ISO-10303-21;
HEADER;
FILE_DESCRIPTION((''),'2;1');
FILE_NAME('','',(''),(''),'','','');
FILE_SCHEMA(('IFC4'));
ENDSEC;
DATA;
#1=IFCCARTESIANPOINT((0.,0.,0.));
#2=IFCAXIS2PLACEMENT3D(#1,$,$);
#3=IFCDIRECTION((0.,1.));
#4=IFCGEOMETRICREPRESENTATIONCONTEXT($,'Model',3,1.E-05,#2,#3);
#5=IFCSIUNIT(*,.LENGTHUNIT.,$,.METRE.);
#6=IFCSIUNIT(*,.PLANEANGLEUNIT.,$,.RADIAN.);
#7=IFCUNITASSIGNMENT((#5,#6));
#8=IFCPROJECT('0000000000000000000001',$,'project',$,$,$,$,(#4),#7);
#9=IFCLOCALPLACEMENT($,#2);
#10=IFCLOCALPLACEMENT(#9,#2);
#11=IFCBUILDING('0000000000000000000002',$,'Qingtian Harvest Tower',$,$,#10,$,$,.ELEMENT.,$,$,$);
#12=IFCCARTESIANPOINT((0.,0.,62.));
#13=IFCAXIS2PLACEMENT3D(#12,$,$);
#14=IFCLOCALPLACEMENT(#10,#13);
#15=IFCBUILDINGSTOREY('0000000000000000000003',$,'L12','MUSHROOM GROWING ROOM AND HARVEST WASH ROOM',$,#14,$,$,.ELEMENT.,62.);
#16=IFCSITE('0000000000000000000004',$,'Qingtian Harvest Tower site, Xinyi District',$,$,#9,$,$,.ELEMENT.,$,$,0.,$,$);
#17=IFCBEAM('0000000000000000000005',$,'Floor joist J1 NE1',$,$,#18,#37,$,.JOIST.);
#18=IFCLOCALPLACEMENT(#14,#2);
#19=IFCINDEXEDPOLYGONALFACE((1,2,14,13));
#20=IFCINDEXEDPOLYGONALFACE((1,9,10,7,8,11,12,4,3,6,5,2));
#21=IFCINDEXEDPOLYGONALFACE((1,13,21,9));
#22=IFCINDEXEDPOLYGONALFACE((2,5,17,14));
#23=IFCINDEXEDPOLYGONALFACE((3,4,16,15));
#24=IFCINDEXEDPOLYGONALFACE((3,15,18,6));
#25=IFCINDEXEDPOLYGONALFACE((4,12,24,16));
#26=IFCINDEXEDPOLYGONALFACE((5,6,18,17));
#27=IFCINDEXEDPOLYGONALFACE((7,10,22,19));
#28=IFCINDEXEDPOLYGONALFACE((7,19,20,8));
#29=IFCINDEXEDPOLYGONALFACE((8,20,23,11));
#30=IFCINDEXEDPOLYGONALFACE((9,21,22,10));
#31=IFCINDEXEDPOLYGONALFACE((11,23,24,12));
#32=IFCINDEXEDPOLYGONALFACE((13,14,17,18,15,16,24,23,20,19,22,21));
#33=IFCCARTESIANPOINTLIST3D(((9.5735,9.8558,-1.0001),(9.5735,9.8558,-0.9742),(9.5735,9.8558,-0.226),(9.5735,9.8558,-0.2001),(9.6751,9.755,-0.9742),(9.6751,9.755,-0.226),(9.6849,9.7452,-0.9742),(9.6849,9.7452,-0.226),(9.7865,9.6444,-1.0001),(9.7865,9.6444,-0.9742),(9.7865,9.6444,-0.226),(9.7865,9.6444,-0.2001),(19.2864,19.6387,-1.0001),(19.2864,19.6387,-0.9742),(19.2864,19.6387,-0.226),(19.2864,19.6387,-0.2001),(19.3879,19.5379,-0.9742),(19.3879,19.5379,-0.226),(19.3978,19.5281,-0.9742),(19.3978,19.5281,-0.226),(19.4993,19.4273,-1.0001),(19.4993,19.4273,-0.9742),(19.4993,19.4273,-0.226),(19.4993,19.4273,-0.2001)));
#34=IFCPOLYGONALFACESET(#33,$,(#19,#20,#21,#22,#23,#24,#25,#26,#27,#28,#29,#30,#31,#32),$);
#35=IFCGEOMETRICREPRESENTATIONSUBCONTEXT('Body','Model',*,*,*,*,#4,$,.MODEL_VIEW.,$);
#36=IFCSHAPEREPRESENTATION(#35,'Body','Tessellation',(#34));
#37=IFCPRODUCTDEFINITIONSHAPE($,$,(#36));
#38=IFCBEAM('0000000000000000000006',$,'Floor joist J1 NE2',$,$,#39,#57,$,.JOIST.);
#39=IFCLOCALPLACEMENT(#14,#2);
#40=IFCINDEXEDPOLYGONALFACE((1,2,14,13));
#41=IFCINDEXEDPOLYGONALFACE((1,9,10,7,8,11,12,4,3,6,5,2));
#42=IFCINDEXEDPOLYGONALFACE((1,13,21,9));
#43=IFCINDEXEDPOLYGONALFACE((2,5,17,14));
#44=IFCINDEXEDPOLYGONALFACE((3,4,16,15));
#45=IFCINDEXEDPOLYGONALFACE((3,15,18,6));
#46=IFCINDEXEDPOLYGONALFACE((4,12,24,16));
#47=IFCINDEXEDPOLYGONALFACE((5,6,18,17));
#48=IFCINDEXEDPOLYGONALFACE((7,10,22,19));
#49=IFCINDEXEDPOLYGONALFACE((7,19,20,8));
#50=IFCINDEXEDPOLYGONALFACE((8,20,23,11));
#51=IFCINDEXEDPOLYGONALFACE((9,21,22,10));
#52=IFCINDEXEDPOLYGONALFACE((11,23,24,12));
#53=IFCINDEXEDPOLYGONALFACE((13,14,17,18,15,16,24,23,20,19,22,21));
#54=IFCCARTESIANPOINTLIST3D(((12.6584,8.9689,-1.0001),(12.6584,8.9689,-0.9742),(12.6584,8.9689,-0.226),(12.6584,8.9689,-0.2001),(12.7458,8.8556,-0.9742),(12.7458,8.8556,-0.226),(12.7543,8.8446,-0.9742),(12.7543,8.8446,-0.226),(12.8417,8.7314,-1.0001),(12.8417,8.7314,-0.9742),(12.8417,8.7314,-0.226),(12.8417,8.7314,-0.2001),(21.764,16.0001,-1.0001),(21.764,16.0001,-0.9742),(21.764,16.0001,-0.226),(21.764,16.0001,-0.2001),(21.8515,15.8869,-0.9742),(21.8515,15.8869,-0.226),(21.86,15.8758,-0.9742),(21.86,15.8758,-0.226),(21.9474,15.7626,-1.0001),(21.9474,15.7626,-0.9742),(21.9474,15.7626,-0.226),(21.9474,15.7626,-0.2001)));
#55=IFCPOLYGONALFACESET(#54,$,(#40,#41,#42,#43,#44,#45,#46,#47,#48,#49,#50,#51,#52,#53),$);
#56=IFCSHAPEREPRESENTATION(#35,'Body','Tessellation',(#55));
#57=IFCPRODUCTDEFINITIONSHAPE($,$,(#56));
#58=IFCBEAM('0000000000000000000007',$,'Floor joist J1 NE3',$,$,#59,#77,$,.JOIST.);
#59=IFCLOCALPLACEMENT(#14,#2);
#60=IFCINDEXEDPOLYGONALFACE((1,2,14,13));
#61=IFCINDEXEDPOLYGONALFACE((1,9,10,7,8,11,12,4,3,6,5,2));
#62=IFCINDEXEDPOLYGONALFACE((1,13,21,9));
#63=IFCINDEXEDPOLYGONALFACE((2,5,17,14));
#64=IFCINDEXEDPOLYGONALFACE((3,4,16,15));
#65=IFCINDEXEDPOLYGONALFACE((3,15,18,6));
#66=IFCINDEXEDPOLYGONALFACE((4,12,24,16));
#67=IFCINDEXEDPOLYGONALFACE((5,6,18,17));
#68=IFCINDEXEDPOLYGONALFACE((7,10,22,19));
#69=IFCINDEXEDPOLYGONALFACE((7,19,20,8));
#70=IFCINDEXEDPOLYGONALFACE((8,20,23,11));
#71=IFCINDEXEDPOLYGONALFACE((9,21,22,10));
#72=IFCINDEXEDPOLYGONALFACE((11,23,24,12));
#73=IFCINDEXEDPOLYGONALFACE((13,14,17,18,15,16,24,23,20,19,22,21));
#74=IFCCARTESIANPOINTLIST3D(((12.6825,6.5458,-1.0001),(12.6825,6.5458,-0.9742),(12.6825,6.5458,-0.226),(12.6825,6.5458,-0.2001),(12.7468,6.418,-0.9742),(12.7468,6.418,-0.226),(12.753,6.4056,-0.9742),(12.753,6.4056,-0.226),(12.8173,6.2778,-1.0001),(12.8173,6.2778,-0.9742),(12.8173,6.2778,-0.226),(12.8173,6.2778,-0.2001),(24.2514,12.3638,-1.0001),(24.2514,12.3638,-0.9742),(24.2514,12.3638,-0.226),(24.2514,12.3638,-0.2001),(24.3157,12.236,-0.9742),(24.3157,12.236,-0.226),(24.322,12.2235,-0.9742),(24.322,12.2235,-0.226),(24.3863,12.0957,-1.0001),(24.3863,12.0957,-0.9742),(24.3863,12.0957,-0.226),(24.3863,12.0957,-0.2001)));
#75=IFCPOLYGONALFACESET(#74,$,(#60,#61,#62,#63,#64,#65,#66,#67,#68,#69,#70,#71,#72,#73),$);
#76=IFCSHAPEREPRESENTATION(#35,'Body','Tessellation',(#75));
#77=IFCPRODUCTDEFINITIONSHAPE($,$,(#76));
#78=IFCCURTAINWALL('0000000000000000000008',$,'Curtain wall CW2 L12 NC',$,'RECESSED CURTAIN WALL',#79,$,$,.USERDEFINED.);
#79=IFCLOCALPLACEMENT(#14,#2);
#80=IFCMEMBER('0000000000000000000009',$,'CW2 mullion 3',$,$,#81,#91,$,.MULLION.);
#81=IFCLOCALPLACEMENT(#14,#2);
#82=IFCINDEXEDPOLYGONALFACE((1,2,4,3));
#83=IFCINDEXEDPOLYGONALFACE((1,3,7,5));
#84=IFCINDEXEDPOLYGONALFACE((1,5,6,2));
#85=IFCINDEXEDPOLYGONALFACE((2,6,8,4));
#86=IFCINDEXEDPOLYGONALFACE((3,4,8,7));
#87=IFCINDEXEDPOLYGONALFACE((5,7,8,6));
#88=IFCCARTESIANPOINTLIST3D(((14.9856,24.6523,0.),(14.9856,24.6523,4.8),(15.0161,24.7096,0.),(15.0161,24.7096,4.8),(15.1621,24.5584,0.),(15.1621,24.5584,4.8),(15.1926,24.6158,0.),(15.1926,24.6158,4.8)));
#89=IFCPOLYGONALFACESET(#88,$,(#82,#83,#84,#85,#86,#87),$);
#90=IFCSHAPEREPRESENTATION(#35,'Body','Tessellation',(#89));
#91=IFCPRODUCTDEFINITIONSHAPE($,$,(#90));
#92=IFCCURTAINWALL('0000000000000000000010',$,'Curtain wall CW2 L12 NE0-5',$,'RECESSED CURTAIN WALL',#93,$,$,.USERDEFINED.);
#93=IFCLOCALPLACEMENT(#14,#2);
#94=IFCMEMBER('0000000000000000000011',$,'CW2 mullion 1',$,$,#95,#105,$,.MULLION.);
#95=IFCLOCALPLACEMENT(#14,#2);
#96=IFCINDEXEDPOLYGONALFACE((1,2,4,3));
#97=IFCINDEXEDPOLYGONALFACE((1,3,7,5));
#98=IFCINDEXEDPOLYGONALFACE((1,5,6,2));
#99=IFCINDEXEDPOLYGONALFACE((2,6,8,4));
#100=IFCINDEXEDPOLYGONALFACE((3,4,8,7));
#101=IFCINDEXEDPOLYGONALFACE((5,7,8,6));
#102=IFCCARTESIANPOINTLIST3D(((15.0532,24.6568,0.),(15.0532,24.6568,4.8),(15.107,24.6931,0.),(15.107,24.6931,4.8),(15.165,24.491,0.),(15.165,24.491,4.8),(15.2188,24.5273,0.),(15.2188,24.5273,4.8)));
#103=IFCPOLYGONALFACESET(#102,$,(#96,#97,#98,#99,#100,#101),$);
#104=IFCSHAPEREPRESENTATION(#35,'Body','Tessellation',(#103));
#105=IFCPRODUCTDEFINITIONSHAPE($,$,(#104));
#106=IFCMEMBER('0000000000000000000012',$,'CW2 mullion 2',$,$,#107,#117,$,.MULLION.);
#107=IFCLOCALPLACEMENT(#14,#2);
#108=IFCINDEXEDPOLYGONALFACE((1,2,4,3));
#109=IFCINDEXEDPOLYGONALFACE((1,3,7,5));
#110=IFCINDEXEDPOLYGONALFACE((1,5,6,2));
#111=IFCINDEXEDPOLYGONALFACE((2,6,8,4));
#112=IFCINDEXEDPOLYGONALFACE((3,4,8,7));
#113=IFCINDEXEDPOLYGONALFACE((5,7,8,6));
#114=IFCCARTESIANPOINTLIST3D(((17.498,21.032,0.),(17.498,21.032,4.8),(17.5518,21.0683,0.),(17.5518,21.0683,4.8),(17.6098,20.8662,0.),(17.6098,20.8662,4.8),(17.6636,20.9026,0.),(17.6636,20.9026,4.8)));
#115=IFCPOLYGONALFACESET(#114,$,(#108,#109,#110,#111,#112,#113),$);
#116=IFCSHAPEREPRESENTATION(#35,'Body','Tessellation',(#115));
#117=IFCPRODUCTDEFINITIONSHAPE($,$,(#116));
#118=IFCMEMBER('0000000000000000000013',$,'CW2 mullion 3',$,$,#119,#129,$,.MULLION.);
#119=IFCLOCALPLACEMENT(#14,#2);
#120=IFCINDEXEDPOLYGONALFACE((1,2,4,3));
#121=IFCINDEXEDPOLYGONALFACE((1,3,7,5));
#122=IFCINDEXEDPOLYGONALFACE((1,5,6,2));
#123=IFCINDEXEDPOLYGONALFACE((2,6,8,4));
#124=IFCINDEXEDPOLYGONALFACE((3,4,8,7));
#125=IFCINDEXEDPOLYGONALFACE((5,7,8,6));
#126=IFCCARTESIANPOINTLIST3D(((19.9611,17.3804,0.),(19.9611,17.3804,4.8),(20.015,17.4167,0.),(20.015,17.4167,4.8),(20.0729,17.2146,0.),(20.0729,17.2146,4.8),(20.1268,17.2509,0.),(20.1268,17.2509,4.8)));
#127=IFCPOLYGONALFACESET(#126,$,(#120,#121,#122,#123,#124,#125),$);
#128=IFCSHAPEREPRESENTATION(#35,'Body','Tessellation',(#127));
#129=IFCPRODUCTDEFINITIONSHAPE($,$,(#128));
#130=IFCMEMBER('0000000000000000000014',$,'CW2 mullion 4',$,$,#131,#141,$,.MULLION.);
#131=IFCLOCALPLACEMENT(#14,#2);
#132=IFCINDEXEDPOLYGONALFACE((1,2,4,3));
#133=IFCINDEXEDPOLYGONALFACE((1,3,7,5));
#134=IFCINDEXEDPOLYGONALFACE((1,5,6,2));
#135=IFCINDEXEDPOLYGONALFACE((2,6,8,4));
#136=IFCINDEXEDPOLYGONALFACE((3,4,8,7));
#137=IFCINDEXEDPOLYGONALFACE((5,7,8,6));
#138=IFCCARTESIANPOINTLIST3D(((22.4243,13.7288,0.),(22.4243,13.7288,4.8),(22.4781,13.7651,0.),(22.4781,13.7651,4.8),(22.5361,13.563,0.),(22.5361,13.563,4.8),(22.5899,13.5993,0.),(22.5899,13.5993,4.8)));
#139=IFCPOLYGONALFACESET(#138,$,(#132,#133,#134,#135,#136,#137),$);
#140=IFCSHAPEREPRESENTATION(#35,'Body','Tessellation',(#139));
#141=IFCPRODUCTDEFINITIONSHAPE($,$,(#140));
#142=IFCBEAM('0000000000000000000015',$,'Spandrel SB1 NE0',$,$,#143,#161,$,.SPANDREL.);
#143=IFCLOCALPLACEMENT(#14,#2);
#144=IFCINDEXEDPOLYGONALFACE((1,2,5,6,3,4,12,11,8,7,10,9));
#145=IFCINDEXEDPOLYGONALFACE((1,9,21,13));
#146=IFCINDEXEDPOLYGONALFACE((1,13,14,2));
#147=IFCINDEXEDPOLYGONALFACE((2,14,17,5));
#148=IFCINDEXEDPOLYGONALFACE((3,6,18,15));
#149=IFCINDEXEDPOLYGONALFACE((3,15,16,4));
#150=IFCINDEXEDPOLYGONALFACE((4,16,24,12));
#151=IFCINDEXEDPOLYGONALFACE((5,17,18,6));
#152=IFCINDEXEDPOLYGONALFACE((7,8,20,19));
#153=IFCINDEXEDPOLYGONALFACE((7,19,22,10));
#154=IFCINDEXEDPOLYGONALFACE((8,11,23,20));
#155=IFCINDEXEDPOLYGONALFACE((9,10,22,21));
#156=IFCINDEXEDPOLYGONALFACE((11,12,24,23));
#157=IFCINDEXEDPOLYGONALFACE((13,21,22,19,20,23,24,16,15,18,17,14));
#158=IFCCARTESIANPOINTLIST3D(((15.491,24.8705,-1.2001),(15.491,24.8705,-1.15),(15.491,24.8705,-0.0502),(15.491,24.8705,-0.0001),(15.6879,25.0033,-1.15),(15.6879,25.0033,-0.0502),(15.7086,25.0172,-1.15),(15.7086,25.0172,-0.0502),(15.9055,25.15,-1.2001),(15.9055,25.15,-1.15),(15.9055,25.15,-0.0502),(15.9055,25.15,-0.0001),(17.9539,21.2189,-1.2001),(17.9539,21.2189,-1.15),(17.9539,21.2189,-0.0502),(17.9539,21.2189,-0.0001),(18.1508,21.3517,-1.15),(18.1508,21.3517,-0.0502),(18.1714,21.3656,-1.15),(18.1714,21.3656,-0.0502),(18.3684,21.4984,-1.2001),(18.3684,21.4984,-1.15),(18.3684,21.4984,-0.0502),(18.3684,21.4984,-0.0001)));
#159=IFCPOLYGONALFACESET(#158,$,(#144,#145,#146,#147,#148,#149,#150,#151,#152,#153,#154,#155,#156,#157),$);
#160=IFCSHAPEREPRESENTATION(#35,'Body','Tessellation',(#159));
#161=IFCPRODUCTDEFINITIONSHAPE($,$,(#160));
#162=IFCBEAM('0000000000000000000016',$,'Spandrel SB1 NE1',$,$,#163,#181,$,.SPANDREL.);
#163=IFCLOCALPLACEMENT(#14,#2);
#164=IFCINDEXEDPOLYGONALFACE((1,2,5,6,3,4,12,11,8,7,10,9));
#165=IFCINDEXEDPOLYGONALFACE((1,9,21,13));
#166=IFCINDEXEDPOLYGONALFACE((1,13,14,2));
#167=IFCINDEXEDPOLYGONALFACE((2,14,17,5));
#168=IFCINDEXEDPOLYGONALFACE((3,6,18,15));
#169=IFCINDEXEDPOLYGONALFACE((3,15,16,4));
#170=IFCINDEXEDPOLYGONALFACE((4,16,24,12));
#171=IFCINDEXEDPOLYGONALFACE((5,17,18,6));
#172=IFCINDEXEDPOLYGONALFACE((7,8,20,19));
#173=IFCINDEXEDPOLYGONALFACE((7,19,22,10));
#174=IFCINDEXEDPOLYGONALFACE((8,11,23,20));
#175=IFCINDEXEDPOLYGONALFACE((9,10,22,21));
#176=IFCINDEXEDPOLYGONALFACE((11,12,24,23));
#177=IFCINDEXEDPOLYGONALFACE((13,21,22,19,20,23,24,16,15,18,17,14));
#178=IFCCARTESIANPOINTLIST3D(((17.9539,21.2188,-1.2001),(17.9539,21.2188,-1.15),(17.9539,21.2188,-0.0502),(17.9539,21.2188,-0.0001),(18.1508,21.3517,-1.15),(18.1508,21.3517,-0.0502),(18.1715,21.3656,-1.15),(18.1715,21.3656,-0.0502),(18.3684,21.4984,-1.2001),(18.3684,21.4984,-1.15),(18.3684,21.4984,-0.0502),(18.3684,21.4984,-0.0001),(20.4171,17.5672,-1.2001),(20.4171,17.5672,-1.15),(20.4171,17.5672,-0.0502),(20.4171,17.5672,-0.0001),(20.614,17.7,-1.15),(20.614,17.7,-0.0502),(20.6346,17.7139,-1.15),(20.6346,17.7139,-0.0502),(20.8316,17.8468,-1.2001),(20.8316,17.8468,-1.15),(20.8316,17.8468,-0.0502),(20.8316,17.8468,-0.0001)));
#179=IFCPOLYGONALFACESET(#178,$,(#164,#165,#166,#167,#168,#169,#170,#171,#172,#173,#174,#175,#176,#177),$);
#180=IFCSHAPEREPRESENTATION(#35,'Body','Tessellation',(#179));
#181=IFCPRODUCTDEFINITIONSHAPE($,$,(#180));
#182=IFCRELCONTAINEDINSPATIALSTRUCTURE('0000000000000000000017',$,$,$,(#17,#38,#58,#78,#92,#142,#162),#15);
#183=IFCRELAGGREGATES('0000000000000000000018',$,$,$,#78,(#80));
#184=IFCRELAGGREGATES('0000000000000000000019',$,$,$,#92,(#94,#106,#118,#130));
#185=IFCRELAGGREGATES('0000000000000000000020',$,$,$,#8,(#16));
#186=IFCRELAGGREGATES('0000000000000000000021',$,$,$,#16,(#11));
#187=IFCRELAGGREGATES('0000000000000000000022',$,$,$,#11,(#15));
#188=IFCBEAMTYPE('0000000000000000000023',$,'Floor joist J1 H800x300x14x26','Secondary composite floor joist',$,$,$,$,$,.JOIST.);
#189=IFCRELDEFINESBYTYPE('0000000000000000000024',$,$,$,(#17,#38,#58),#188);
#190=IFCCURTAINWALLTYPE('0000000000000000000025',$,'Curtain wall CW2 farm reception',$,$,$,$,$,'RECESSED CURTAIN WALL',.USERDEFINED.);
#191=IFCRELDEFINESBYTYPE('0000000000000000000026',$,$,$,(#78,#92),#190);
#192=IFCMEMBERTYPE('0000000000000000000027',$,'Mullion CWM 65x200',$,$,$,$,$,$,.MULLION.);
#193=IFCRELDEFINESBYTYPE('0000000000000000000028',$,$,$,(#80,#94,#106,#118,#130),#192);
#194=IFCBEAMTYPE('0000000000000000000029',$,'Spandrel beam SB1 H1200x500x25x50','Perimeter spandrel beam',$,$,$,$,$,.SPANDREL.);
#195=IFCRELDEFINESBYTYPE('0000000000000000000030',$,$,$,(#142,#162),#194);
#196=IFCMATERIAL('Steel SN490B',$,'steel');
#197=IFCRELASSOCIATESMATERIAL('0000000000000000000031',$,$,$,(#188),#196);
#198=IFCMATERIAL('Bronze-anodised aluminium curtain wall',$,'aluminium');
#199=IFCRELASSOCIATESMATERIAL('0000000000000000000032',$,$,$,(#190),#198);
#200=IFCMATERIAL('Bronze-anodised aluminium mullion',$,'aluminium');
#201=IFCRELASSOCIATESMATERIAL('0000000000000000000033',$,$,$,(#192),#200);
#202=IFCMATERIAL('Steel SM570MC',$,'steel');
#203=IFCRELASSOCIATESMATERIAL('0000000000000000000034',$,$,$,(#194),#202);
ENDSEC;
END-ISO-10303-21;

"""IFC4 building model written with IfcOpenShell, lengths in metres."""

from ifc_helpers import new_model, si_unit, direction, frame, origin, origin_2d, place, context, subcontext, project, spatial, rectangle, i_section, extrude, material, material_profile, profile_set, type_object, element, aggregate, save


model = new_model("IFC4")

# Units and contexts
model_context = context("Model", 3, precision=1e-05, world=origin(), true_north=direction((0.0, 1.0)))
body_context = subcontext(model_context, "Body", "Model", "MODEL_VIEW")
ifc_project = project(units=[si_unit("LENGTHUNIT", "METRE"), si_unit("PLANEANGLEUNIT", "RADIAN")], contexts=[model_context])

# Site, building, storey
site_placement = place(None, origin())
site = spatial("IfcSite", under=ifc_project, at=site_placement, Name="Qingtian Harvest Tower site, Xinyi District", CompositionType="ELEMENT", RefElevation=0.0)
building_placement = place(site_placement, origin())
building = spatial("IfcBuilding", under=site, at=building_placement, Name="Qingtian Harvest Tower", CompositionType="ELEMENT")
storey_placement = place(building_placement, frame((0.0, 0.0, 62.0)))
storey = spatial("IfcBuildingStorey", under=building, at=storey_placement, Name="L12", Description="MUSHROOM GROWING ROOM AND HARVEST WASH ROOM", CompositionType="ELEMENT", Elevation=62.0)

# Beams
ifc_material_1 = material(Name="Steel SN490B", Category="steel")
ifc_material_profile_1 = material_profile(ifc_material_1, i_section(OverallWidth=0.3, OverallDepth=0.8, WebThickness=0.0139, FlangeThickness=0.0259, at=origin_2d()), Name="H800x300x14x26")
ifc_profile_set_1 = profile_set([ifc_material_profile_1], Name="Steel SN490B")
beam_type_1 = type_object("IfcBeamType", Name="Floor joist J1 H800x300x14x26", Description="Secondary composite floor joist", PredefinedType="JOIST", material=ifc_profile_set_1)
beam_1_placement = place(storey_placement, frame((19.3928, 19.533, -0.6001), z_axis=(-0.704561, -0.709644, 0.0), x_axis=(0.709644, -0.704561, 0.0)))
element("IfcBeam", 1, at=beam_1_placement, inside=storey, type_object=beam_type_1, Name="Floor joist J1 NE1", PredefinedType="JOIST", context=body_context, shape_type="SweptSolid", body=[
    extrude(i_section(OverallWidth=0.3, OverallDepth=0.8, WebThickness=0.0139, FlangeThickness=0.0259, at=origin_2d()), origin(), (0.0, 0.0, 1.0), 13.7856),
])
beam_2_placement = place(storey_placement, frame((21.8557, 15.8813, -0.6001), z_axis=(-0.791495, -0.611176, 0.0), x_axis=(0.611176, -0.791495, 0.0)))
element("IfcBeam", 2, at=beam_2_placement, inside=storey, type_object=beam_type_1, Name="Floor joist J1 NE2", PredefinedType="JOIST", context=body_context, shape_type="SweptSolid", body=[
    extrude(i_section(OverallWidth=0.3, OverallDepth=0.8, WebThickness=0.0139, FlangeThickness=0.0259, at=origin_2d()), origin(), (0.0, 0.0, 1.0), 11.5044),
])
beam_3_placement = place(storey_placement, frame((24.3188, 12.2297, -0.6001), z_axis=(-0.893392, -0.449279, 0.0), x_axis=(0.449279, -0.893392, 0.0)))
element("IfcBeam", 3, at=beam_3_placement, inside=storey, type_object=beam_type_1, Name="Floor joist J1 NE3", PredefinedType="JOIST", context=body_context, shape_type="SweptSolid", body=[
    extrude(i_section(OverallWidth=0.3, OverallDepth=0.8, WebThickness=0.0139, FlangeThickness=0.0259, at=origin_2d()), origin(), (0.0, 0.0, 1.0), 12.9495),
])

# Curtain wall, member
ifc_material_2 = material(Name="Bronze-anodised aluminium curtain wall", Category="aluminium")
curtain_wall_type = type_object("IfcCurtainWallType", Name="Curtain wall CW2 farm reception", ElementType="RECESSED CURTAIN WALL", PredefinedType="USERDEFINED", material=ifc_material_2)
curtain_wall_1_placement = place(storey_placement, origin())
curtain_wall_1 = element("IfcCurtainWall", 4, at=curtain_wall_1_placement, inside=storey, type_object=curtain_wall_type, Name="Curtain wall CW2 L12 NC", ObjectType="RECESSED CURTAIN WALL", PredefinedType="USERDEFINED")
ifc_material_3 = material(Name="Bronze-anodised aluminium mullion", Category="aluminium")
ifc_material_profile_2 = material_profile(ifc_material_3, rectangle(XDim=0.0649, YDim=0.2, at=origin_2d()), Name="AL 65x200")
ifc_profile_set_2 = profile_set([ifc_material_profile_2], Name="Bronze-anodised aluminium mullion")
member_type_1 = type_object("IfcMemberType", Name="Mullion CWM 65x200", PredefinedType="MULLION", material=ifc_profile_set_2)
member_1_placement = place(storey_placement, frame((15.0891, 24.634, 0.0), z_axis=(0.0, 0.0, 1.0), x_axis=(0.469472, 0.882948, 0.0)))
member_1 = element("IfcMember", 5, at=member_1_placement, type_object=member_type_1, Name="CW2 mullion 3", PredefinedType="MULLION", context=body_context, shape_type="SweptSolid", body=[
    extrude(rectangle(XDim=0.0649, YDim=0.2, at=origin_2d()), origin(), (0.0, 0.0, 1.0), 4.8),
])

# Curtain wall, members
curtain_wall_2_placement = place(storey_placement, origin())
curtain_wall_2 = element("IfcCurtainWall", 6, at=curtain_wall_2_placement, inside=storey, type_object=curtain_wall_type, Name="Curtain wall CW2 L12 NE0-5", ObjectType="RECESSED CURTAIN WALL", PredefinedType="USERDEFINED")
member_2_placement = place(storey_placement, frame((15.136, 24.592, 0.0), z_axis=(0.0, 0.0, 1.0), x_axis=(0.829038, 0.559193, 0.0)))
member_2 = element("IfcMember", 7, at=member_2_placement, type_object=member_type_1, Name="CW2 mullion 1", PredefinedType="MULLION", context=body_context, shape_type="SweptSolid", body=[
    extrude(rectangle(XDim=0.0649, YDim=0.2, at=origin_2d()), origin(), (0.0, 0.0, 1.0), 4.8),
])
member_3_placement = place(storey_placement, frame((17.5808, 20.9673, 0.0), z_axis=(0.0, 0.0, 1.0), x_axis=(0.829038, 0.559193, 0.0)))
member_3 = element("IfcMember", 8, at=member_3_placement, type_object=member_type_1, Name="CW2 mullion 2", PredefinedType="MULLION", context=body_context, shape_type="SweptSolid", body=[
    extrude(rectangle(XDim=0.0649, YDim=0.2, at=origin_2d()), origin(), (0.0, 0.0, 1.0), 4.8),
])
member_4_placement = place(storey_placement, frame((20.0439, 17.3157, 0.0), z_axis=(0.0, 0.0, 1.0), x_axis=(0.829038, 0.559193, 0.0)))
member_4 = element("IfcMember", 9, at=member_4_placement, type_object=member_type_1, Name="CW2 mullion 3", PredefinedType="MULLION", context=body_context, shape_type="SweptSolid", body=[
    extrude(rectangle(XDim=0.0649, YDim=0.2, at=origin_2d()), origin(), (0.0, 0.0, 1.0), 4.8),
])
member_5_placement = place(storey_placement, frame((22.5071, 13.6641, 0.0), z_axis=(0.0, 0.0, 1.0), x_axis=(0.829038, 0.559193, 0.0)))
member_5 = element("IfcMember", 10, at=member_5_placement, type_object=member_type_1, Name="CW2 mullion 4", PredefinedType="MULLION", context=body_context, shape_type="SweptSolid", body=[
    extrude(rectangle(XDim=0.0649, YDim=0.2, at=origin_2d()), origin(), (0.0, 0.0, 1.0), 4.8),
])

# Beams
ifc_material_4 = material(Name="Steel SM570MC", Category="steel")
ifc_material_profile_3 = material_profile(ifc_material_4, i_section(OverallWidth=0.5, OverallDepth=1.2, WebThickness=0.0249, FlangeThickness=0.05, at=origin_2d()), Name="H1200x500x25x50")
ifc_profile_set_3 = profile_set([ifc_material_profile_3], Name="Steel SM570MC")
beam_type_2 = type_object("IfcBeamType", Name="Spandrel beam SB1 H1200x500x25x50", Description="Perimeter spandrel beam", PredefinedType="SPANDREL", material=ifc_profile_set_3)
beam_4_placement = place(storey_placement, frame((15.6982, 25.0103, -0.6001), z_axis=(0.559169, -0.829054, 0.0), x_axis=(0.829054, 0.559169, 0.0)))
element("IfcBeam", 11, at=beam_4_placement, inside=storey, type_object=beam_type_2, Name="Spandrel SB1 NE0", PredefinedType="SPANDREL", context=body_context, shape_type="SweptSolid", body=[
    extrude(i_section(OverallWidth=0.5, OverallDepth=1.2, WebThickness=0.0249, FlangeThickness=0.05, at=origin_2d()), origin(), (0.0, 0.0, 1.0), 4.4045),
])
beam_5_placement = place(storey_placement, frame((18.1611, 21.3586, -0.6001), z_axis=(0.559207, -0.829028, 0.0), x_axis=(0.829028, 0.559207, 0.0)))
element("IfcBeam", 12, at=beam_5_placement, inside=storey, type_object=beam_type_2, Name="Spandrel SB1 NE1", PredefinedType="SPANDREL", context=body_context, shape_type="SweptSolid", body=[
    extrude(i_section(OverallWidth=0.5, OverallDepth=1.2, WebThickness=0.0249, FlangeThickness=0.05, at=origin_2d()), origin(), (0.0, 0.0, 1.0), 4.4048),
])

aggregate(curtain_wall_1, [member_1])
aggregate(curtain_wall_2, [member_2, member_3, member_4, member_5])

save(model, "model.ifc")
